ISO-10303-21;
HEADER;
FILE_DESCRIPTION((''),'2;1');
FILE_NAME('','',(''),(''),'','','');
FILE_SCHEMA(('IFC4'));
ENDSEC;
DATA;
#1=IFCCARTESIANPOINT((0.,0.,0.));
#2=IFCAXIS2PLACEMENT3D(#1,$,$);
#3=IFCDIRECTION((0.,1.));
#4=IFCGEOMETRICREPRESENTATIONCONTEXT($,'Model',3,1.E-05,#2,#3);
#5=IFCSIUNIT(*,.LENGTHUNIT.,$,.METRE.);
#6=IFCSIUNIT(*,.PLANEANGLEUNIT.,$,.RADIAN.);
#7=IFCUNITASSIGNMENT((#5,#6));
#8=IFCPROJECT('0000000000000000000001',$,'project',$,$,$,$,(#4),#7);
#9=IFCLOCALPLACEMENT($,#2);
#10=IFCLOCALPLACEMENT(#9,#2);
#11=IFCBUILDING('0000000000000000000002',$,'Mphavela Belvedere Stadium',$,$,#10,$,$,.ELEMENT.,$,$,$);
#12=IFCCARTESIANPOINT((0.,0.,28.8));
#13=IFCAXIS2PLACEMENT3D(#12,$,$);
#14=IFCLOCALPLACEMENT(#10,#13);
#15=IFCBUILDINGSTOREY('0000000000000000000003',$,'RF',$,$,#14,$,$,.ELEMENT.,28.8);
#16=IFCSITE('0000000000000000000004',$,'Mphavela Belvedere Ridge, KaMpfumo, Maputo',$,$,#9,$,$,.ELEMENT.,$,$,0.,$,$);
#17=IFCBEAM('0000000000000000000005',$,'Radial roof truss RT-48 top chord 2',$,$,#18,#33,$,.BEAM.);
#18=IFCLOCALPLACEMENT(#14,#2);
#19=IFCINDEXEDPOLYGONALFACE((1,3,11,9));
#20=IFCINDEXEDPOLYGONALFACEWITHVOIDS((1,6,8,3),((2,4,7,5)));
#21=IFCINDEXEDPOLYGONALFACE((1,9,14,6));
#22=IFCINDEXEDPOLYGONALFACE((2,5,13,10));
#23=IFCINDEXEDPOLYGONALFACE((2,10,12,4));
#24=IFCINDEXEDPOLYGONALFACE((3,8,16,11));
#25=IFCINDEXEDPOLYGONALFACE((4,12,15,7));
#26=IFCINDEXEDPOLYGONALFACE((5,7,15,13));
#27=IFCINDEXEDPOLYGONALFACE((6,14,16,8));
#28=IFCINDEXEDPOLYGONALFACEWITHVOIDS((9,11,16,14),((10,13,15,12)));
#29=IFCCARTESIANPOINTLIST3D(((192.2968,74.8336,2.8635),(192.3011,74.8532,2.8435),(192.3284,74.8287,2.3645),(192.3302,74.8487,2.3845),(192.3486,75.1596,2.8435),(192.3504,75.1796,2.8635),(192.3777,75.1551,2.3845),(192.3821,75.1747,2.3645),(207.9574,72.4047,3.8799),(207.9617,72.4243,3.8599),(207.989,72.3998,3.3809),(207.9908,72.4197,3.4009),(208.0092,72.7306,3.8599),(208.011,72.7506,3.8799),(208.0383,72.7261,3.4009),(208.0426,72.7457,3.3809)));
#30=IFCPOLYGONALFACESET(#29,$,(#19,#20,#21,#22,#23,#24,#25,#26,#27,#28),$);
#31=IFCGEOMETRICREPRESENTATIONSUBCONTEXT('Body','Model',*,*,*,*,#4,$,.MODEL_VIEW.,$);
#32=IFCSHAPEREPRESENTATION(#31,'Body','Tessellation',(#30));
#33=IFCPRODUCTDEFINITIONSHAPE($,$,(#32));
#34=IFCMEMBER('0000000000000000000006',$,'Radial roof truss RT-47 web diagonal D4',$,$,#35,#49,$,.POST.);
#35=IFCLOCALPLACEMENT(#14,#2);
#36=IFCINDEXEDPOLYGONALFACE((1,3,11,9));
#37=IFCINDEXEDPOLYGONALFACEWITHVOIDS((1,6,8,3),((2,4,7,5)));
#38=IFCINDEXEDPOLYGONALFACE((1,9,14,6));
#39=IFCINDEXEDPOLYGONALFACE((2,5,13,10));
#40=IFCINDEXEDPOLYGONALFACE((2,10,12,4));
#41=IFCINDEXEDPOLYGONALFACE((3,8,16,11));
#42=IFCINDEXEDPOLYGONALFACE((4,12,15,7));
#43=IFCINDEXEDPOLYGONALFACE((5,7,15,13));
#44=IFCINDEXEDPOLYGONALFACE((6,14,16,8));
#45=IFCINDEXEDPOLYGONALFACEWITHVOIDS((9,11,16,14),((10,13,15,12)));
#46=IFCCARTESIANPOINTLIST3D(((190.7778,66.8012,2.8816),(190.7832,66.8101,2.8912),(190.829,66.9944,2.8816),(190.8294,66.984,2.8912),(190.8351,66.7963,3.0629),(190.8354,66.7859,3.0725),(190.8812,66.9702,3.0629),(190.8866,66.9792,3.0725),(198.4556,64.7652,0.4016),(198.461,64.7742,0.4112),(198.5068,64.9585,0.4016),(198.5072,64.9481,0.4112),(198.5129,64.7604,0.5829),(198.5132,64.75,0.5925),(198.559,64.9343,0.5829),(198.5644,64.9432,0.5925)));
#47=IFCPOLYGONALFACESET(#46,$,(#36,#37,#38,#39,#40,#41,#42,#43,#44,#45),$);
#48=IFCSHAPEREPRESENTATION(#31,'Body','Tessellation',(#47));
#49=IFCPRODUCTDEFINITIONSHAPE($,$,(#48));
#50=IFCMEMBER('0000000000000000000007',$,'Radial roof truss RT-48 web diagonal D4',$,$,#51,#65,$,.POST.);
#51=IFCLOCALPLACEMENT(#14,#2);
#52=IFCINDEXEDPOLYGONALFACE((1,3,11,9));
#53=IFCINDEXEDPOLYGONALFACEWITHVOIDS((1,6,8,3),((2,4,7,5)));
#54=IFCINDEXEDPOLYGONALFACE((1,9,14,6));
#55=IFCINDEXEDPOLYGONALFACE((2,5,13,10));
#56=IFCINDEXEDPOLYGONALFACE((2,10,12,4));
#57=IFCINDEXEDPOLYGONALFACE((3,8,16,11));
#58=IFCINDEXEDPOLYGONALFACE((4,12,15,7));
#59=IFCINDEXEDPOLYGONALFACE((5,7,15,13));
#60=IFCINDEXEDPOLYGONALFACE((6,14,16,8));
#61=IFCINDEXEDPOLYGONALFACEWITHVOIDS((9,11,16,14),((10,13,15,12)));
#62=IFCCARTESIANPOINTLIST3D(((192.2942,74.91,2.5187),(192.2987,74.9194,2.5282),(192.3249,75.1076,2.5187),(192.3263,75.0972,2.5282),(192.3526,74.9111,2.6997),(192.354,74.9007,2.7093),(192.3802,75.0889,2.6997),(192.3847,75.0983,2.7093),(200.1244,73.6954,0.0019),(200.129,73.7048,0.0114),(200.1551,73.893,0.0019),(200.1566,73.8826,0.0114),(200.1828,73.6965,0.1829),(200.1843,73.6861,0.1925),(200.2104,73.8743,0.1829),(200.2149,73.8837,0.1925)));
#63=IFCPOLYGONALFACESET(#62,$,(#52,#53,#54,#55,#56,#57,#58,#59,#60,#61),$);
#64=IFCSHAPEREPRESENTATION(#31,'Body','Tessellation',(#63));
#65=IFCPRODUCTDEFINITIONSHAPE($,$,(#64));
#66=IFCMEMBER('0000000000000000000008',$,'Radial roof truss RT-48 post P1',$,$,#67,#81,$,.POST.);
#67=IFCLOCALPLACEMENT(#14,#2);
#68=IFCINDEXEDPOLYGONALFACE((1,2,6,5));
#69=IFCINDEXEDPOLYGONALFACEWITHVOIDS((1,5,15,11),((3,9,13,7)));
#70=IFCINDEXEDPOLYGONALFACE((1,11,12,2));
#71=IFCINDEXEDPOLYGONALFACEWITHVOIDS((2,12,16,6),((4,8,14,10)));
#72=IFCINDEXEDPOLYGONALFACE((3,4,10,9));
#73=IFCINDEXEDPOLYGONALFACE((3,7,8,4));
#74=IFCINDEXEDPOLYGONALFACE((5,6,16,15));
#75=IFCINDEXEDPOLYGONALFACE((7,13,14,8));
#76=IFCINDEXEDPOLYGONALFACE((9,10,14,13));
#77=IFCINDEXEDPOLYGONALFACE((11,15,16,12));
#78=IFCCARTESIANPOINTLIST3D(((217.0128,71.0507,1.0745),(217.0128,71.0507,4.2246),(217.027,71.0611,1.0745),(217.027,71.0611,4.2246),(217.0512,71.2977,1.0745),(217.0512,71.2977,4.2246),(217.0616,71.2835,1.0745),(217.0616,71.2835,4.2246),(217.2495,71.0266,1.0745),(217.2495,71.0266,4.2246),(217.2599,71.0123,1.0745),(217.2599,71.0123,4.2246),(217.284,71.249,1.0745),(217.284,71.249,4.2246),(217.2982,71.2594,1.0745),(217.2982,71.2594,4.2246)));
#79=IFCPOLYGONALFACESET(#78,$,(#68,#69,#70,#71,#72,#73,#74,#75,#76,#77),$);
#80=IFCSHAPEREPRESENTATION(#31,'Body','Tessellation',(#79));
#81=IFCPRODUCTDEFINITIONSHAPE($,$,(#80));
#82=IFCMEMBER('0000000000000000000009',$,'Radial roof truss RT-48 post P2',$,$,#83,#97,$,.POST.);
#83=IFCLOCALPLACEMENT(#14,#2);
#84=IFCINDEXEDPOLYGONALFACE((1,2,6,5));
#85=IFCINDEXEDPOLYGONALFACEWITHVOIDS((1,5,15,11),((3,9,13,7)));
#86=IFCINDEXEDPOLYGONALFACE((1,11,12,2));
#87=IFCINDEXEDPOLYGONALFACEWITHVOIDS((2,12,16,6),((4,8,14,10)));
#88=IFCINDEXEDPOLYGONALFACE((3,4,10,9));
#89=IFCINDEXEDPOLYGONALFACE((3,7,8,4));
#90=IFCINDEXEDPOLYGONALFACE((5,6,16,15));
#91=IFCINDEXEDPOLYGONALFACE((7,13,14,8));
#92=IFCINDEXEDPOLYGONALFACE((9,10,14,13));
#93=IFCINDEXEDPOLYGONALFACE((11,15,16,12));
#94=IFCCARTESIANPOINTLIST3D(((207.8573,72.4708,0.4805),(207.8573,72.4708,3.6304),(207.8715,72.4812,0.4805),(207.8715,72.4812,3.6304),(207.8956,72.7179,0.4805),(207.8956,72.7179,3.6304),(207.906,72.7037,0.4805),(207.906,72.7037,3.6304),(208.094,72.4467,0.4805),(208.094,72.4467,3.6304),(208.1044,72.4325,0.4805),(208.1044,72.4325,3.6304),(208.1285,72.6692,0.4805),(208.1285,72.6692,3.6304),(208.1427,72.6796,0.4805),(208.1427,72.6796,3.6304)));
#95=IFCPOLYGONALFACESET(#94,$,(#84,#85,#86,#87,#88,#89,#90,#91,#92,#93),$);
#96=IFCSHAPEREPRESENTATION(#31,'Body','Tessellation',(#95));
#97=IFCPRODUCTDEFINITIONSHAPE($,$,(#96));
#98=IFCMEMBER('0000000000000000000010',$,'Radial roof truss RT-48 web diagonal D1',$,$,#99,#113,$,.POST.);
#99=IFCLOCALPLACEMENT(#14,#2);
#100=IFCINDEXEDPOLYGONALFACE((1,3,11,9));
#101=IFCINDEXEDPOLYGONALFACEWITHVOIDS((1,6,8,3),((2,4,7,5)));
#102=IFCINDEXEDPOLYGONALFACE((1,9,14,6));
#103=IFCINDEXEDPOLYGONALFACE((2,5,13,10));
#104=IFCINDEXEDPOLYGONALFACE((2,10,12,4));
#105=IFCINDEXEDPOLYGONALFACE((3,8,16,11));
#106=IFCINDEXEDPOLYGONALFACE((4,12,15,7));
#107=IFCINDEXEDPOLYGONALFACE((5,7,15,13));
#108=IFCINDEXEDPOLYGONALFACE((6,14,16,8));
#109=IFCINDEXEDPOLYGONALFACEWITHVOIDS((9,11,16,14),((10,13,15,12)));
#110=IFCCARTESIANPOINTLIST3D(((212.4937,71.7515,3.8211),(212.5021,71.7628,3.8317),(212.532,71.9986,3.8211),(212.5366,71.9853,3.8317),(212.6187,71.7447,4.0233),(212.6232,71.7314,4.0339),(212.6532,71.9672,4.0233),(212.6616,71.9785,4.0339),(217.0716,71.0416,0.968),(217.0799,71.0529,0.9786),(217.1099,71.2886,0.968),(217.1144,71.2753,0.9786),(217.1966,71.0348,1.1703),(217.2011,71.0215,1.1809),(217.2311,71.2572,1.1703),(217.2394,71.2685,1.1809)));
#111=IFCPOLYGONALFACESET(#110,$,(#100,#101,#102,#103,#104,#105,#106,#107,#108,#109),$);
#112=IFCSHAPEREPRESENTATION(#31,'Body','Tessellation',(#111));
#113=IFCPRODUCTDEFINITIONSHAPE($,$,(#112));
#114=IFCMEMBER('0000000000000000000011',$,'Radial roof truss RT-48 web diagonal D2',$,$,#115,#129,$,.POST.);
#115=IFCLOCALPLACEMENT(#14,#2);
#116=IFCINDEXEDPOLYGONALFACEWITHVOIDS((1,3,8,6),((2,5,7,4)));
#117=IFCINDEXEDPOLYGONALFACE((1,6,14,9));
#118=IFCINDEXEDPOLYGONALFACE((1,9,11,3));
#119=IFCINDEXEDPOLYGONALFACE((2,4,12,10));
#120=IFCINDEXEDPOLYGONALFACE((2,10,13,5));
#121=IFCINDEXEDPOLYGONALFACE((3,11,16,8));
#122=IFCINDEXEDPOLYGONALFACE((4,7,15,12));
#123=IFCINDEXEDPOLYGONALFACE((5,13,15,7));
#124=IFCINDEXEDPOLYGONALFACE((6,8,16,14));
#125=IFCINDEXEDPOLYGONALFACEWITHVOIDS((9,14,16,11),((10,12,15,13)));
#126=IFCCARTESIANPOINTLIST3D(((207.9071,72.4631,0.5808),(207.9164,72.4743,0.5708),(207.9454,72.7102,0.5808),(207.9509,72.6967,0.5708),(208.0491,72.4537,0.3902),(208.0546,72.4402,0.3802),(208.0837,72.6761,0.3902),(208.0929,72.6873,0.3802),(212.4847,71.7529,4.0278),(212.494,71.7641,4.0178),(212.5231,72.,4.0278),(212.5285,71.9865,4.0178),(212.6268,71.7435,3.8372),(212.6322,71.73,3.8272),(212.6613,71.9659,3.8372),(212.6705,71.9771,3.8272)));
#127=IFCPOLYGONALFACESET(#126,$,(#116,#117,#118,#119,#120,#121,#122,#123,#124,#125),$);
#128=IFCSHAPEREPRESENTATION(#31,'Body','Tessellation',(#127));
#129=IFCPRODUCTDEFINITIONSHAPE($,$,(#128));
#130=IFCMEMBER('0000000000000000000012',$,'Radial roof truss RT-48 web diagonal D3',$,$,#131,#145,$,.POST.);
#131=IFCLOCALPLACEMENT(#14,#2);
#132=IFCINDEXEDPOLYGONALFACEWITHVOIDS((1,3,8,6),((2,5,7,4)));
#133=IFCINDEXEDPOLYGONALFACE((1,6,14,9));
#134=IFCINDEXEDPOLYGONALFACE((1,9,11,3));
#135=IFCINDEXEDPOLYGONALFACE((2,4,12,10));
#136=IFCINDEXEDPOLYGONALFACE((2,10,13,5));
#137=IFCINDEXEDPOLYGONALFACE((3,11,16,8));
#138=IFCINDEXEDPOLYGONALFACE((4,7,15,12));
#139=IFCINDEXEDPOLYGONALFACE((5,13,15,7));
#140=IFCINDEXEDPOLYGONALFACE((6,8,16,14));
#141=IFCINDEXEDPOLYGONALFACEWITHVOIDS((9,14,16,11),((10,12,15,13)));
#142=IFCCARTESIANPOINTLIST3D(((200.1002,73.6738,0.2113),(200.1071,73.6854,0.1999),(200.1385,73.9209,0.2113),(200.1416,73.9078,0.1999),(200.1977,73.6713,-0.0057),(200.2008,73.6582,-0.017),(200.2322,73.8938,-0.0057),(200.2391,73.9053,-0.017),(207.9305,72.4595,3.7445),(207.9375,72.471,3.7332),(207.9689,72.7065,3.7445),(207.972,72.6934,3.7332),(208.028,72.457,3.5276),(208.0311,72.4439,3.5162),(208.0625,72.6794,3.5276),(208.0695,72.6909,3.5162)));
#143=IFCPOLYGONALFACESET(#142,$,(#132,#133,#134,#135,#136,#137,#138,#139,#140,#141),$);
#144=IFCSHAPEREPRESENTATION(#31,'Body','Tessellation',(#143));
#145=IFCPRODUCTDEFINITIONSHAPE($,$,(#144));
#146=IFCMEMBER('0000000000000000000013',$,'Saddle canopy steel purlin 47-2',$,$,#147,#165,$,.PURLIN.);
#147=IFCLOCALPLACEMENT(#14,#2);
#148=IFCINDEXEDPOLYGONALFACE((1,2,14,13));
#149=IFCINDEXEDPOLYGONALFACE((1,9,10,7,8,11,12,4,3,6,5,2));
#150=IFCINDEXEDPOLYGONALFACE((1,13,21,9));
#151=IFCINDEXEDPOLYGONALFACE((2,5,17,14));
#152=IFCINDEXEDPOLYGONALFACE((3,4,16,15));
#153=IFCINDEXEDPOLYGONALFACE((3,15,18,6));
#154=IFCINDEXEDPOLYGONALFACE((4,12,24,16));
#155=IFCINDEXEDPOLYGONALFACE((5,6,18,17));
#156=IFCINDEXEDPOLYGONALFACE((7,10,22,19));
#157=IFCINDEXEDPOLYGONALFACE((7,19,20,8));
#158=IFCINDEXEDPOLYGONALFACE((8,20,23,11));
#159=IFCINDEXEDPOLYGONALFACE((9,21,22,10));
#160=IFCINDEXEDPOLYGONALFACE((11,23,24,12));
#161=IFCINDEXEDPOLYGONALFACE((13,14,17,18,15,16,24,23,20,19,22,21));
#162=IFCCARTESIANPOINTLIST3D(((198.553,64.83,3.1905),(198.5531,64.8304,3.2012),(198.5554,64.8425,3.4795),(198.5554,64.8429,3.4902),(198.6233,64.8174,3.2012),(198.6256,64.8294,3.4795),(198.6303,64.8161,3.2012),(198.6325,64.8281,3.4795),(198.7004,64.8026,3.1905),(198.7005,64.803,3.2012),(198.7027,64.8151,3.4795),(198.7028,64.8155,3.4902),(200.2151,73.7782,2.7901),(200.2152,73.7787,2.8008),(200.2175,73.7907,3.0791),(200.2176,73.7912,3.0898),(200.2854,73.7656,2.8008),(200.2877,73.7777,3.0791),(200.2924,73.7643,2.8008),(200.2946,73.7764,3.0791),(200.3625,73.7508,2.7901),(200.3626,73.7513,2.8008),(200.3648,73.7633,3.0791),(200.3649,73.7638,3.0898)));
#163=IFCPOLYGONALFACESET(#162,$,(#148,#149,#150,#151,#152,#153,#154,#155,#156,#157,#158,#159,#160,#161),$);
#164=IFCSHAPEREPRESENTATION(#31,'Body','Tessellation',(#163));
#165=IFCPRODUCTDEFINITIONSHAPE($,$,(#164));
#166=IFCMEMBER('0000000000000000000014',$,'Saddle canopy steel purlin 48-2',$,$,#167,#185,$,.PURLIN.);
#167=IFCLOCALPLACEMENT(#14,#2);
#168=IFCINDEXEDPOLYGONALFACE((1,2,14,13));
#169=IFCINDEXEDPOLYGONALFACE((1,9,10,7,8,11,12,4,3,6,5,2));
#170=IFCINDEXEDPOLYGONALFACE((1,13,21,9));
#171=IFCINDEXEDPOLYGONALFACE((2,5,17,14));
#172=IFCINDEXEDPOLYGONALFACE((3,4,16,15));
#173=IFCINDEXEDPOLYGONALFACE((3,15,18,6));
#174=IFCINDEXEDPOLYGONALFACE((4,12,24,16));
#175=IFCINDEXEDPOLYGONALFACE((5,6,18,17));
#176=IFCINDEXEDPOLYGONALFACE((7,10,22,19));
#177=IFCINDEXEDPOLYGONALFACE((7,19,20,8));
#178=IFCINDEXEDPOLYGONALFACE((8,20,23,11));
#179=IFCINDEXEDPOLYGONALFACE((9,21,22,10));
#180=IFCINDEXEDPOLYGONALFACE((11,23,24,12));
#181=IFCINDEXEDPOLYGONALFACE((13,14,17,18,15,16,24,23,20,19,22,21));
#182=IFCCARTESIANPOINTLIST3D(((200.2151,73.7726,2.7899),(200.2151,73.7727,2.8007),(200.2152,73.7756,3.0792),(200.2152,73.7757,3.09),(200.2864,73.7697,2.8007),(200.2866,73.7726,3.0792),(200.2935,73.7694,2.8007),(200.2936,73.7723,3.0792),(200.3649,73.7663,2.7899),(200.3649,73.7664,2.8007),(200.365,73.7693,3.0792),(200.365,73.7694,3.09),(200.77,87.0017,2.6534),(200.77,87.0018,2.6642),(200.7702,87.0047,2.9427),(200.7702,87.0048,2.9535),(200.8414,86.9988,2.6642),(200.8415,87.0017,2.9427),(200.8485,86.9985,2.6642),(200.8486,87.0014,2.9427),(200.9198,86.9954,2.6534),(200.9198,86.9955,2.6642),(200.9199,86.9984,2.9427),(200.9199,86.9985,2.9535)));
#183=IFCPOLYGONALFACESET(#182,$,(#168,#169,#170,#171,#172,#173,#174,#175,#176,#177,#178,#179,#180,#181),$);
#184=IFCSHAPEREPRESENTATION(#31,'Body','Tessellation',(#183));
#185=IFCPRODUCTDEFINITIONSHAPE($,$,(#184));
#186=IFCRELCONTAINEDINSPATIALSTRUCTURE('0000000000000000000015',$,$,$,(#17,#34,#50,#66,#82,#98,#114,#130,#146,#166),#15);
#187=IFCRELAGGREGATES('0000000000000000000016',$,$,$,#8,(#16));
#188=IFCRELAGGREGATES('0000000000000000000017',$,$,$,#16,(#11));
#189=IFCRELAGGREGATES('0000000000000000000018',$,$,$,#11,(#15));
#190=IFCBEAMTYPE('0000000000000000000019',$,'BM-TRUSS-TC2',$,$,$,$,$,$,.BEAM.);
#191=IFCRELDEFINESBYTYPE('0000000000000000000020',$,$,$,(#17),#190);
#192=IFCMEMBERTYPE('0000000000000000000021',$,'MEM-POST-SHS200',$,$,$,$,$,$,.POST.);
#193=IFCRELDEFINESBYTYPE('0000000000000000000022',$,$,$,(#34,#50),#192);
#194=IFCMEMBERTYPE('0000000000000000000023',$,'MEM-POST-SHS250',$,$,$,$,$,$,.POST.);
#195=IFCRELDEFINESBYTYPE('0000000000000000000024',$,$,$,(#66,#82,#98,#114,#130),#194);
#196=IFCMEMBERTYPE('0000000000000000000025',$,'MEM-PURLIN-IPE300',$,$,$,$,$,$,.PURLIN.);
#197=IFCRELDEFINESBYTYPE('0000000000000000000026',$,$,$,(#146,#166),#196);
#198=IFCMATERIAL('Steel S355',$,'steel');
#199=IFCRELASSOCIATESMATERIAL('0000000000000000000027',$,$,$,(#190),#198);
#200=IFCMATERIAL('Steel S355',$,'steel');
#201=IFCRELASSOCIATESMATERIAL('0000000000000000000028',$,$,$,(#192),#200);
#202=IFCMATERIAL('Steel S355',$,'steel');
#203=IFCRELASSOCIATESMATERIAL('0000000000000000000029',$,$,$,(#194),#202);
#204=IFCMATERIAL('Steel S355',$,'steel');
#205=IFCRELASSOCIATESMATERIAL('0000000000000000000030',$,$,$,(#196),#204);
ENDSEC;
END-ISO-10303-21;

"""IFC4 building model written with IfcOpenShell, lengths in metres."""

from ifc_helpers import new_model, si_unit, direction, frame, origin, origin_2d, place, context, subcontext, project, spatial, hollow_rectangle, i_section, extrude, material, material_profile, profile_set, type_object, element, save


model = new_model("IFC4")

# Units and contexts
model_context = context("Model", 3, precision=1e-05, world=origin(), true_north=direction((0.0, 1.0)))
body_context = subcontext(model_context, "Body", "Model", "MODEL_VIEW")
ifc_project = project(units=[si_unit("LENGTHUNIT", "METRE"), si_unit("PLANEANGLEUNIT", "RADIAN")], contexts=[model_context])

# Site, building, storey
site_placement = place(None, origin())
site = spatial("IfcSite", under=ifc_project, at=site_placement, Name="Mphavela Belvedere Ridge, KaMpfumo, Maputo", CompositionType="ELEMENT", RefElevation=0.0)
building_placement = place(site_placement, origin())
building = spatial("IfcBuilding", under=site, at=building_placement, Name="Mphavela Belvedere Stadium", CompositionType="ELEMENT")
storey_placement = place(building_placement, frame((0.0, 0.0, 28.8)))
storey = spatial("IfcBuildingStorey", under=building, at=storey_placement, Name="RF", CompositionType="ELEMENT", Elevation=28.8)

# Beam
ifc_material_1 = material(Name="Steel S355", Category="steel")
ifc_material_profile_1 = material_profile(ifc_material_1, hollow_rectangle(XDim=0.3501, YDim=0.5, WallThickness=0.02, at=origin_2d()), Name="RHS 500x350x20")
ifc_profile_set_1 = profile_set([ifc_material_profile_1], Name="Steel S355")
beam_type_1 = type_object("IfcBeamType", Name="BM-TRUSS-TC2", PredefinedType="BEAM", material=ifc_profile_set_1)
beam_1_placement = place(storey_placement, frame((208.0, 72.5752, 3.6304), z_axis=(-0.986159, 0.152953, -0.064001), x_axis=(-0.153267, -0.988185, 0.0)))
element("IfcBeam", 1, at=beam_1_placement, inside=storey, type_object=beam_type_1, Name="Radial roof truss RT-48 top chord 2", PredefinedType="BEAM", context=body_context, shape_type="SweptSolid", body=[
    extrude(hollow_rectangle(XDim=0.3501, YDim=0.5, WallThickness=0.02, at=origin_2d()), origin(), (0.0, 0.0, 1.0), 15.8804),
])

# Members
ifc_material_2 = material(Name="Steel S355", Category="steel")
ifc_material_profile_2 = material_profile(ifc_material_2, hollow_rectangle(XDim=0.2, YDim=0.2, WallThickness=0.01, at=origin_2d()), Name="SHS 200x200x10")
ifc_profile_set_2 = profile_set([ifc_material_profile_2], Name="Steel S355")
member_type_1 = type_object("IfcMemberType", Name="MEM-POST-SHS200", PredefinedType="POST", material=ifc_profile_set_2)
member_1_placement = place(storey_placement, frame((198.51, 64.8542, 0.4971), z_axis=(-0.922669, 0.244662, 0.298031), x_axis=(-0.25631, -0.966595, 0.0)))
element("IfcMember", 2, at=member_1_placement, inside=storey, type_object=member_type_1, Name="Radial roof truss RT-47 web diagonal D4", PredefinedType="POST", context=body_context, shape_type="SweptSolid", body=[
    extrude(hollow_rectangle(XDim=0.2, YDim=0.2, WallThickness=0.01, at=origin_2d()), origin(), (0.0, 0.0, 1.0), 8.3213),
])
member_2_placement = place(storey_placement, frame((200.1697, 73.7896, 0.0972), z_axis=(-0.941816, 0.14609, 0.302721), x_axis=(-0.153282, -0.988183, 0.0)))
element("IfcMember", 3, at=member_2_placement, inside=storey, type_object=member_type_1, Name="Radial roof truss RT-48 web diagonal D4", PredefinedType="POST", context=body_context, shape_type="SweptSolid", body=[
    extrude(hollow_rectangle(XDim=0.2, YDim=0.2, WallThickness=0.01, at=origin_2d()), origin(), (0.0, 0.0, 1.0), 8.314),
])
ifc_material_3 = material(Name="Steel S355", Category="steel")
ifc_material_profile_3 = material_profile(ifc_material_3, hollow_rectangle(XDim=0.25, YDim=0.25, WallThickness=0.0125, at=origin_2d()), Name="SHS 250x250x12.5")
ifc_profile_set_3 = profile_set([ifc_material_profile_3], Name="Steel S355")
member_type_2 = type_object("IfcMemberType", Name="MEM-POST-SHS250", PredefinedType="POST", material=ifc_profile_set_3)
member_3_placement = place(storey_placement, frame((217.1555, 71.155, 1.0745), z_axis=(0.0, 0.0, 1.0), x_axis=(0.988175, -0.153331, 0.0)))
element("IfcMember", 4, at=member_3_placement, inside=storey, type_object=member_type_2, Name="Radial roof truss RT-48 post P1", PredefinedType="POST", context=body_context, shape_type="SweptSolid", body=[
    extrude(hollow_rectangle(XDim=0.25, YDim=0.25, WallThickness=0.0125, at=origin_2d()), origin(), (0.0, 0.0, 1.0), 3.1501),
])
member_4_placement = place(storey_placement, frame((208.0, 72.5752, 0.4805), z_axis=(0.0, 0.0, 1.0), x_axis=(0.988175, -0.153331, 0.0)))
element("IfcMember", 5, at=member_4_placement, inside=storey, type_object=member_type_2, Name="Radial roof truss RT-48 post P2", PredefinedType="POST", context=body_context, shape_type="SweptSolid", body=[
    extrude(hollow_rectangle(XDim=0.25, YDim=0.25, WallThickness=0.0125, at=origin_2d()), origin(), (0.0, 0.0, 1.0), 3.1499),
])
member_5_placement = place(storey_placement, frame((217.1555, 71.155, 1.0745), z_axis=(-0.84142, 0.130492, 0.52439), x_axis=(-0.153253, -0.988187, 0.0)))
element("IfcMember", 6, at=member_5_placement, inside=storey, type_object=member_type_2, Name="Radial roof truss RT-48 web diagonal D1", PredefinedType="POST", context=body_context, shape_type="SweptSolid", body=[
    extrude(hollow_rectangle(XDim=0.25, YDim=0.25, WallThickness=0.0125, at=origin_2d()), origin(), (0.0, 0.0, 1.0), 5.4407),
])
member_6_placement = place(storey_placement, frame((212.5776, 71.865, 3.9275), z_axis=(-0.792778, 0.122997, -0.596972), x_axis=(-0.153312, -0.988178, 0.0)))
element("IfcMember", 7, at=member_6_placement, inside=storey, type_object=member_type_2, Name="Radial roof truss RT-48 web diagonal D2", PredefinedType="POST", context=body_context, shape_type="SweptSolid", body=[
    extrude(hollow_rectangle(XDim=0.25, YDim=0.25, WallThickness=0.0125, at=origin_2d()), origin(), (0.0, 0.0, 1.0), 5.7742),
])
member_7_placement = place(storey_placement, frame((208.0, 72.5752, 3.6304), z_axis=(-0.902532, 0.139968, -0.407241), x_axis=(-0.153252, -0.988187, 0.0)))
element("IfcMember", 8, at=member_7_placement, inside=storey, type_object=member_type_2, Name="Radial roof truss RT-48 web diagonal D3", PredefinedType="POST", context=body_context, shape_type="SweptSolid", body=[
    extrude(hollow_rectangle(XDim=0.25, YDim=0.25, WallThickness=0.0125, at=origin_2d()), origin(), (0.0, 0.0, 1.0), 8.676),
])
ifc_material_4 = material(Name="Steel S355", Category="steel")
ifc_material_profile_4 = material_profile(ifc_material_4, i_section(OverallWidth=0.1499, OverallDepth=0.3, WebThickness=0.0071, FlangeThickness=0.0107, at=origin_2d()), Name="IPE 300")
ifc_profile_set_4 = profile_set([ifc_material_profile_4], Name="Steel S355")
member_type_3 = type_object("IfcMemberType", Name="MEM-PURLIN-IPE300", PredefinedType="PURLIN", material=ifc_profile_set_4)
member_8_placement = place(storey_placement, frame((198.6279, 64.8228, 3.3403), z_axis=(0.182447, 0.982233, -0.04395), x_axis=(-0.983183, 0.182623, 0.0)))
element("IfcMember", 9, at=member_8_placement, inside=storey, type_object=member_type_3, Name="Saddle canopy steel purlin 47-2", PredefinedType="PURLIN", context=body_context, shape_type="SweptSolid", body=[
    extrude(i_section(OverallWidth=0.1499, OverallDepth=0.3, WebThickness=0.0071, FlangeThickness=0.0107, at=origin_2d()), origin(), (0.0, 0.0, 1.0), 9.1101),
])
member_9_placement = place(storey_placement, frame((200.29, 73.771, 2.9399), z_axis=(0.041909, 0.999068, -0.010307), x_axis=(-0.999121, 0.041911, 0.0)))
element("IfcMember", 10, at=member_9_placement, inside=storey, type_object=member_type_3, Name="Saddle canopy steel purlin 48-2", PredefinedType="PURLIN", context=body_context, shape_type="SweptSolid", body=[
    extrude(i_section(OverallWidth=0.1499, OverallDepth=0.3, WebThickness=0.0071, FlangeThickness=0.0107, at=origin_2d()), origin(), (0.0, 0.0, 1.0), 13.2415),
])

save(model, "model.ifc")
